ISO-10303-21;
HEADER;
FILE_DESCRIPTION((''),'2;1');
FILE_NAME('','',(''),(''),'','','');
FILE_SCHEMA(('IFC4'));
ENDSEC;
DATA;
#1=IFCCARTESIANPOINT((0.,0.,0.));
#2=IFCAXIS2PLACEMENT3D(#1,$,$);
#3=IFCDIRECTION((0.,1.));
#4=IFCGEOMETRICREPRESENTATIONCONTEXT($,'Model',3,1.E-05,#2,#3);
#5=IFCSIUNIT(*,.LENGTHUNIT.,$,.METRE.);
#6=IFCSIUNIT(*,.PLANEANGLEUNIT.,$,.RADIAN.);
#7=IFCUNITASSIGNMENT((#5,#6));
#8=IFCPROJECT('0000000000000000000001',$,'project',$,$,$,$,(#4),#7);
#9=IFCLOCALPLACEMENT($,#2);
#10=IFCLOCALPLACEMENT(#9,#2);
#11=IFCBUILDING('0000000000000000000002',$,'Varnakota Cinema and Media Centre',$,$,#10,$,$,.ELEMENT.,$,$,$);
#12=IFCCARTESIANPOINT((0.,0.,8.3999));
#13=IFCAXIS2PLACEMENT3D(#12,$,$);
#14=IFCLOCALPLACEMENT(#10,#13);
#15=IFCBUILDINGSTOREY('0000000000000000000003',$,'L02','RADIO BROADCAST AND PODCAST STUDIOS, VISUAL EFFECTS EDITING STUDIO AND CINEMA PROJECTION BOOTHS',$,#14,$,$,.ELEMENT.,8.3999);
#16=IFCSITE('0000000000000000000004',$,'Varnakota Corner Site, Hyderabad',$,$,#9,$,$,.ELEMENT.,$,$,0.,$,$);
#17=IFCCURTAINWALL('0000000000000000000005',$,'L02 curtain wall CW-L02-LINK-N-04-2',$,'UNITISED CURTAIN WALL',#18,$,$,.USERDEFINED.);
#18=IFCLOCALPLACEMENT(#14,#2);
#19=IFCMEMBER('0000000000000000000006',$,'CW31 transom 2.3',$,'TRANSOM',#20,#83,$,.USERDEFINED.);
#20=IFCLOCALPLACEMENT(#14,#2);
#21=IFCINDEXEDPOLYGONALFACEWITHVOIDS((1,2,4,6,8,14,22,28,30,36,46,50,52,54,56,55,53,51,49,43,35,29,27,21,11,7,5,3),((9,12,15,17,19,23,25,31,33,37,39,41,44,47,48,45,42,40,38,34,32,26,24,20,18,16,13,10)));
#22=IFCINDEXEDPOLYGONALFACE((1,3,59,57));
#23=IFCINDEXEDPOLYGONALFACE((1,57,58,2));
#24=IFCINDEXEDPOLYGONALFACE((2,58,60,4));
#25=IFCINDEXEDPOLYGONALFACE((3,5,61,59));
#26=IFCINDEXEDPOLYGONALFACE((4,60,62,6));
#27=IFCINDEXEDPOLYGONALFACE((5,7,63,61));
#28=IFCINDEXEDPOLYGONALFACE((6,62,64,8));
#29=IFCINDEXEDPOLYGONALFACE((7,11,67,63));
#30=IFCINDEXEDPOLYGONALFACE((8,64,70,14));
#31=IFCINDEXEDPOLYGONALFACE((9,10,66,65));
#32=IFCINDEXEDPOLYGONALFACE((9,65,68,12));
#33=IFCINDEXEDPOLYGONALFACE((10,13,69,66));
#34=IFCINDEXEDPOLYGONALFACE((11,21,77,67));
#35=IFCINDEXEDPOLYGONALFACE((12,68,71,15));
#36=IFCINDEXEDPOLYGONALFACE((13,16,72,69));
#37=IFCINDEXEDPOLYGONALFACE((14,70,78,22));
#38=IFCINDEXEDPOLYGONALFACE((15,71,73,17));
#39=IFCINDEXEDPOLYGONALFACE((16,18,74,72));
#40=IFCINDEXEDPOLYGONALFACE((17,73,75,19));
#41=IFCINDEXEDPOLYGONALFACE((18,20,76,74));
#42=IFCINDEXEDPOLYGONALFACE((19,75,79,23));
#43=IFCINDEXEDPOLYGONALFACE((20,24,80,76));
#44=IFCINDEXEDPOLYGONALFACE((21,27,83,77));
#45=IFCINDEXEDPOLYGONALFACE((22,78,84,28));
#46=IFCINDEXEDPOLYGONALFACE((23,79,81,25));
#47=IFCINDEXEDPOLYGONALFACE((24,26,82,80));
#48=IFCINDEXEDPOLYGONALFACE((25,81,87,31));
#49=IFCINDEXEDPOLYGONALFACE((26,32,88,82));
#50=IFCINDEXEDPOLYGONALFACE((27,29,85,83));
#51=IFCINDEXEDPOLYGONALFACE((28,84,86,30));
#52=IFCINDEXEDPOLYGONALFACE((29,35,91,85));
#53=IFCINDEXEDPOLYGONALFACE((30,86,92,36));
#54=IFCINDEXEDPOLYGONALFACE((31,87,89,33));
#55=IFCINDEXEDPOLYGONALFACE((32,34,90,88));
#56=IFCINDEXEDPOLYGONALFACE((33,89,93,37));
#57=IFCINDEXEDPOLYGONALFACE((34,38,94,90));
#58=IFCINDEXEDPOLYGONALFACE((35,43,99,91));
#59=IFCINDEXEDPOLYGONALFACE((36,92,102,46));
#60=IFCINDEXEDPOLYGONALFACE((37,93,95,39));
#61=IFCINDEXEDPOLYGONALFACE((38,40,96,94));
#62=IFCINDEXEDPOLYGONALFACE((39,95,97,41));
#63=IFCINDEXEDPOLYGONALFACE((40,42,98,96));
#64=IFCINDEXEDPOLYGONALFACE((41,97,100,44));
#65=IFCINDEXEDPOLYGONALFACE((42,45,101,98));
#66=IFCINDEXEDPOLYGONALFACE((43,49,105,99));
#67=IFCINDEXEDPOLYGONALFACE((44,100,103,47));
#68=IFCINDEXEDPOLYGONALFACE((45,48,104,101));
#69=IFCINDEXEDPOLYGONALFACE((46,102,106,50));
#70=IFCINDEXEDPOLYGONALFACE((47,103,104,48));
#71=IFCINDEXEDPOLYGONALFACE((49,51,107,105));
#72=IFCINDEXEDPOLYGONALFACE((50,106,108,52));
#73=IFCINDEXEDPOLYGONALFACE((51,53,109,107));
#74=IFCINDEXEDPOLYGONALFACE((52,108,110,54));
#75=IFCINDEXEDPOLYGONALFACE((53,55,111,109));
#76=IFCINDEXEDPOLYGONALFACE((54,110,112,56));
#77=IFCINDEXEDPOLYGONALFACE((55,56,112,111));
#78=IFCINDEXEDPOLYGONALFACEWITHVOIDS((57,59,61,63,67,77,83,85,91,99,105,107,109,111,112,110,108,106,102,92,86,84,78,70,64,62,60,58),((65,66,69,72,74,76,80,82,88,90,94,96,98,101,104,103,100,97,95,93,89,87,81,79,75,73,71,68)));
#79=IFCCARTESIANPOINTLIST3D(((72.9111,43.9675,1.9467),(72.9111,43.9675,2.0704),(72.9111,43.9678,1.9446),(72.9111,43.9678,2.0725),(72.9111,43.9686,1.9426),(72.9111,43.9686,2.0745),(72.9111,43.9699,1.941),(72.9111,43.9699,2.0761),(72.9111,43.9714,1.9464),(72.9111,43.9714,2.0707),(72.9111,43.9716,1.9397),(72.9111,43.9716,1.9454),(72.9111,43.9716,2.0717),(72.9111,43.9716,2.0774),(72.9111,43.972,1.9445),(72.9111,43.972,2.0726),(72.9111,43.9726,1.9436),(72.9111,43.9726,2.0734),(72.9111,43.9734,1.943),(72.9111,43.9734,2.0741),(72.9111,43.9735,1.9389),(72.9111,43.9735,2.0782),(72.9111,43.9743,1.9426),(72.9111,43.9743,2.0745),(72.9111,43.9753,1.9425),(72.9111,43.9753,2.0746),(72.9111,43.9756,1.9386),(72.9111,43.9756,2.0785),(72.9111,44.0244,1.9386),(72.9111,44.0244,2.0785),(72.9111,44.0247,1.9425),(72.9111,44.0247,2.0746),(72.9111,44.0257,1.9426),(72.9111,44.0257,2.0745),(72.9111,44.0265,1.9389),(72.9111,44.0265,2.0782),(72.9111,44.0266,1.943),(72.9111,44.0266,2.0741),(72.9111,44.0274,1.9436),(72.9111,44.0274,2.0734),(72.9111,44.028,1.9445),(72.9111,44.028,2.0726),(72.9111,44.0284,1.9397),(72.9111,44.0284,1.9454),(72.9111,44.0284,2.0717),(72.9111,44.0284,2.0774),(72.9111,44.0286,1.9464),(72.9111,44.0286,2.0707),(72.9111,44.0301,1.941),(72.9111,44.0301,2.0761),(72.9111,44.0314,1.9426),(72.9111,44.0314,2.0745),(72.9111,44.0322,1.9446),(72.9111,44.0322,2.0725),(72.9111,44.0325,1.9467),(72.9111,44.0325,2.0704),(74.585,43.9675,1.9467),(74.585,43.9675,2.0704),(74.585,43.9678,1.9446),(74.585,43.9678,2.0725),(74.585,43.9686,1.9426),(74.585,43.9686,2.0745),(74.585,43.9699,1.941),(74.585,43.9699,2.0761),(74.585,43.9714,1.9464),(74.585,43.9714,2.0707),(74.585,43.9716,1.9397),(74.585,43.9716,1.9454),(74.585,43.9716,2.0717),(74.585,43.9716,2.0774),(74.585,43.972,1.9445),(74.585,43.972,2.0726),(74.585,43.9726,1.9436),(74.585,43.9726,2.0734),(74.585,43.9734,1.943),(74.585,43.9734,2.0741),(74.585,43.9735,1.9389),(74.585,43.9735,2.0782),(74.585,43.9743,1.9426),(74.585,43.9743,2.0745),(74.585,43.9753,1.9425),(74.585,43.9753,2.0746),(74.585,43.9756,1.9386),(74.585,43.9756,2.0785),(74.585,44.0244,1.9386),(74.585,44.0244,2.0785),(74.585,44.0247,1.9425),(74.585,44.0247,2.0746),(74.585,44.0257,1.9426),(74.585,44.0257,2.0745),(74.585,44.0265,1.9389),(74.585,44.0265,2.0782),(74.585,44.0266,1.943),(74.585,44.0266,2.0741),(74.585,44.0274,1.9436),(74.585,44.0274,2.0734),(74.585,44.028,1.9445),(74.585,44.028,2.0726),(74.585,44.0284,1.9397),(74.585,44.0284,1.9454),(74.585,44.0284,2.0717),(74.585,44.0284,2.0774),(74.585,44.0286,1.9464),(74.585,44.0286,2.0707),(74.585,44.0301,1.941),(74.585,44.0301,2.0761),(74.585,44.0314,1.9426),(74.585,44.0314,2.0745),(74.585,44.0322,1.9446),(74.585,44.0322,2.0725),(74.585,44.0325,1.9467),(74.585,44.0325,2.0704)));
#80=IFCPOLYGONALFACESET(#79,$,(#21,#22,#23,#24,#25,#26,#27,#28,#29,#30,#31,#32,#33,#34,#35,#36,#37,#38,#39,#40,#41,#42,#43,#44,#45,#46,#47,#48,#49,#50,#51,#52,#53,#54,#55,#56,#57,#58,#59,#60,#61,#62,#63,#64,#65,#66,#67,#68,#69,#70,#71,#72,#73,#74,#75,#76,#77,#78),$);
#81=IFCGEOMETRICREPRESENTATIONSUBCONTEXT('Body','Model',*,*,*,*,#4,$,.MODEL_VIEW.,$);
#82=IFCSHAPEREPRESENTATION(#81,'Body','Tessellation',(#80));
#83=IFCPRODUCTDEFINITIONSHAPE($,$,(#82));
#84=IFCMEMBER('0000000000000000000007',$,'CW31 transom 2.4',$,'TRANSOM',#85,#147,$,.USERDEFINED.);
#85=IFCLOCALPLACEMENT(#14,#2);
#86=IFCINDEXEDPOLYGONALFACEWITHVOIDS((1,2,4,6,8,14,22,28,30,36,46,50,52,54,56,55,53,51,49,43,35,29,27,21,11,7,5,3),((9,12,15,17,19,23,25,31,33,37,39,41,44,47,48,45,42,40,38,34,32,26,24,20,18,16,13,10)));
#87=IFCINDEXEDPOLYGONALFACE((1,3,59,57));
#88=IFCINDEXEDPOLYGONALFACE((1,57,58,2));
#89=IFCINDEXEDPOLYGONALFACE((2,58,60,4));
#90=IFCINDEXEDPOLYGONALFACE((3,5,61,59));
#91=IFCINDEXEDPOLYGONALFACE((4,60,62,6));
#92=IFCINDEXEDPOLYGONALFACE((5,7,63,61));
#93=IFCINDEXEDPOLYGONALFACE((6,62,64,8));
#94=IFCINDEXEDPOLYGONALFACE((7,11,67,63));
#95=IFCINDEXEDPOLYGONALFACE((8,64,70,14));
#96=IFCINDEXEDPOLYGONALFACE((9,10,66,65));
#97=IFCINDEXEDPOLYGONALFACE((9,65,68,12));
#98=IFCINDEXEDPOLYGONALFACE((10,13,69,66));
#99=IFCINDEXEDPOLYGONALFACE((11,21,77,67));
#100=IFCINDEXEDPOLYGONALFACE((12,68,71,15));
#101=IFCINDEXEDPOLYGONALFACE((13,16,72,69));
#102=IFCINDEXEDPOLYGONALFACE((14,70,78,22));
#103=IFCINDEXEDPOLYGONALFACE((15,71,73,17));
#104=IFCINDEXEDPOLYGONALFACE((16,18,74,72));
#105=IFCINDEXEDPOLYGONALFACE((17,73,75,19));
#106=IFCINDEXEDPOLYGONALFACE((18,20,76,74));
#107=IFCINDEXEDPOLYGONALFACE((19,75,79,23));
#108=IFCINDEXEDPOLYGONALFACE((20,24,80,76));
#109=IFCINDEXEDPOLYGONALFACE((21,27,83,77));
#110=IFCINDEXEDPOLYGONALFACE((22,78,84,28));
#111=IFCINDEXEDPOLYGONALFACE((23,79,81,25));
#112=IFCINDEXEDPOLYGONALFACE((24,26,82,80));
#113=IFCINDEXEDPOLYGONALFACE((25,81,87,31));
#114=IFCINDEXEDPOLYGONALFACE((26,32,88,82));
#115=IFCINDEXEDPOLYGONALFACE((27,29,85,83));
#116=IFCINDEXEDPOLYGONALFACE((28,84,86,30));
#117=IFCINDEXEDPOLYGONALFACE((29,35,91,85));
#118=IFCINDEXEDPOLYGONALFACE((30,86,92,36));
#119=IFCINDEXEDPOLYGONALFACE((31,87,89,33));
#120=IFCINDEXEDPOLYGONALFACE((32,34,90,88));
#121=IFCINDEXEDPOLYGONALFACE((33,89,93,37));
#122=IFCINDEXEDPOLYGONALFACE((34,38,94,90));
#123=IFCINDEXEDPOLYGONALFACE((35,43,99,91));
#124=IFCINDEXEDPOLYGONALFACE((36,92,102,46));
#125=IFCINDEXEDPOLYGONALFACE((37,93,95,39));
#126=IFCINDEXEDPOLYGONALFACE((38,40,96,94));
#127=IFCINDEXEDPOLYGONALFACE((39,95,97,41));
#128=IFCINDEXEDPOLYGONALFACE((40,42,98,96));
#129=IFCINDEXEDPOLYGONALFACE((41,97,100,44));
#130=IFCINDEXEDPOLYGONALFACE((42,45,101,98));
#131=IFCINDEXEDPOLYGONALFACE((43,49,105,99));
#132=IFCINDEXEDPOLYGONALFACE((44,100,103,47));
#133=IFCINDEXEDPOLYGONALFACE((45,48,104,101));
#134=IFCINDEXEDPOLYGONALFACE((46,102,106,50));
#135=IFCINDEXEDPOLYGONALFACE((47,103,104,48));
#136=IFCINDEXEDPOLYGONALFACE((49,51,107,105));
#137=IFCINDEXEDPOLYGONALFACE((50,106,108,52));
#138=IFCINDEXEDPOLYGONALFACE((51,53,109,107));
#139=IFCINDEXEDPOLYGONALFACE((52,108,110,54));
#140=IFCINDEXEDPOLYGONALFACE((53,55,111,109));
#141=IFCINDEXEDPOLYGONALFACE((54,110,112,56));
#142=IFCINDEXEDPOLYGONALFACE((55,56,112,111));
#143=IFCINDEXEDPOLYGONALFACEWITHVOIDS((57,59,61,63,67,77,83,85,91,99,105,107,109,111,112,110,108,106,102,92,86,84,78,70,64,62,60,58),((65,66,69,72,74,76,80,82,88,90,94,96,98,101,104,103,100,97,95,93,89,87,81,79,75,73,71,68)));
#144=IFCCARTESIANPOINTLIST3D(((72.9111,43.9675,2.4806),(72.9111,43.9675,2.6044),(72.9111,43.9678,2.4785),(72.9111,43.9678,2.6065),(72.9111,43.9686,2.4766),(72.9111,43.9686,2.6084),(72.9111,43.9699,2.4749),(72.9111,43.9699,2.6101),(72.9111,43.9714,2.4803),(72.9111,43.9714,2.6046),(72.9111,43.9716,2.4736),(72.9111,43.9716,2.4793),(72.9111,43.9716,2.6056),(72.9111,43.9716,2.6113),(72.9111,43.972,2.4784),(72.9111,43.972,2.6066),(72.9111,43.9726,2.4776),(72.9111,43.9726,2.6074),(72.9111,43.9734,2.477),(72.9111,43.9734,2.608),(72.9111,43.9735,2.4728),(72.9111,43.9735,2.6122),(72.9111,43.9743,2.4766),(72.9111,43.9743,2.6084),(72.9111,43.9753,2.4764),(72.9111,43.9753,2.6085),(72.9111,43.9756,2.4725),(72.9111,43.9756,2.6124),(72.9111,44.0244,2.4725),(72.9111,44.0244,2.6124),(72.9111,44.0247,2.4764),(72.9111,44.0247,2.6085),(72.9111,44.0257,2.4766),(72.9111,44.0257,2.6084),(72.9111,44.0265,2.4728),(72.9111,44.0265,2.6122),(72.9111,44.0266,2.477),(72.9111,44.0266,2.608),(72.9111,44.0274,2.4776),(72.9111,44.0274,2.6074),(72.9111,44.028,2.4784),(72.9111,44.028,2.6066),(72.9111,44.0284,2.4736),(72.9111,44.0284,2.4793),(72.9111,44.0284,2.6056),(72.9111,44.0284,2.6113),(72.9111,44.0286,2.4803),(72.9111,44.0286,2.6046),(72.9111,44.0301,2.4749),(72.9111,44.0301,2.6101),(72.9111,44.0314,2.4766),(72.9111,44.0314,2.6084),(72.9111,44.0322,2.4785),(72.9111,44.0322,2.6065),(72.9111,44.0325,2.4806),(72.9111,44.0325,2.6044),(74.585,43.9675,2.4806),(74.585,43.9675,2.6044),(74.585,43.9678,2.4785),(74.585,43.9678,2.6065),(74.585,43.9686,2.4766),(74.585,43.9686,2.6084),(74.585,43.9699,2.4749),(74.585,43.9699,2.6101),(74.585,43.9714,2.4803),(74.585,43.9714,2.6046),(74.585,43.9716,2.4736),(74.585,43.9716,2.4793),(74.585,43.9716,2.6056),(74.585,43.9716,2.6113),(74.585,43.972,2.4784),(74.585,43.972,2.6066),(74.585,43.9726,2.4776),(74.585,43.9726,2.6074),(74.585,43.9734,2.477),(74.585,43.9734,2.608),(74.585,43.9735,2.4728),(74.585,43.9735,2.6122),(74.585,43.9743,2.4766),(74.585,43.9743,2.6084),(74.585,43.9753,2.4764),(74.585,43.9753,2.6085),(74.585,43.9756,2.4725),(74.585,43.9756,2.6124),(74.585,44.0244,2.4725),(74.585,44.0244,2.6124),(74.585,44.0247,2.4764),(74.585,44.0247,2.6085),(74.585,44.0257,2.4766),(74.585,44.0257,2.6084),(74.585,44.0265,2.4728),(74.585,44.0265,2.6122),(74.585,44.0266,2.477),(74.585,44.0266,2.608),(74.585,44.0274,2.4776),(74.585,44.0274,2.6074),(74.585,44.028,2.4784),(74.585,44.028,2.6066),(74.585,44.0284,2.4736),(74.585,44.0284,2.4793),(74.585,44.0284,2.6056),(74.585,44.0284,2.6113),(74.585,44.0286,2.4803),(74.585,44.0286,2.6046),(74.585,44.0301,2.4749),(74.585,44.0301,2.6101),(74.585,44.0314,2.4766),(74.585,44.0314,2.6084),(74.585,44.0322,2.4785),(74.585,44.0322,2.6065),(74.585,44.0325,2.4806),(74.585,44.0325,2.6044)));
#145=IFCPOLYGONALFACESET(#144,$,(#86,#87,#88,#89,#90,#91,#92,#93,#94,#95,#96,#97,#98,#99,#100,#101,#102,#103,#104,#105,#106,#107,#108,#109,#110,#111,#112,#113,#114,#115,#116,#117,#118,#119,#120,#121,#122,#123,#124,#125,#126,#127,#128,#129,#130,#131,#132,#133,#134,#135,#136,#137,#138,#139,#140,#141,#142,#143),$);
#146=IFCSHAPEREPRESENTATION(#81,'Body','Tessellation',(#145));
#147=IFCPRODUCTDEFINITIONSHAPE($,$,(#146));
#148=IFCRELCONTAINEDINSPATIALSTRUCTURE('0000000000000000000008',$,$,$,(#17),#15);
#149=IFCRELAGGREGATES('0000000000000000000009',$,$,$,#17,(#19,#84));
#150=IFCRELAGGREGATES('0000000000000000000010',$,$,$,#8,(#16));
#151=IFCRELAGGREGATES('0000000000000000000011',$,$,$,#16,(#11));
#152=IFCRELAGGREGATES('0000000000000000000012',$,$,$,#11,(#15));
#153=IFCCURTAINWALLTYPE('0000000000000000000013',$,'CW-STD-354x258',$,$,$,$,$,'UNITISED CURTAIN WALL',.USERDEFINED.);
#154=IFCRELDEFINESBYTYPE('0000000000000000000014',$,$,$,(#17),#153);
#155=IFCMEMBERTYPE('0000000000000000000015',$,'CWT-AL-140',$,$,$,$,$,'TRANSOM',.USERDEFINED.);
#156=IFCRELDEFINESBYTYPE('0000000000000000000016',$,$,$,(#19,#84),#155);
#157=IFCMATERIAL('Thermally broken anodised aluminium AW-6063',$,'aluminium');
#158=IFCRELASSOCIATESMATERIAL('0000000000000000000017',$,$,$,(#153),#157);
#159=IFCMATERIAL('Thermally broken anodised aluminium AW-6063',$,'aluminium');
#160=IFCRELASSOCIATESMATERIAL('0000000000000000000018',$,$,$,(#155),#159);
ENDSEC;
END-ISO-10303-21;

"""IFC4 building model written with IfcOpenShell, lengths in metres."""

from ifc_helpers import new_model, si_unit, direction, frame, origin, origin_2d, place, context, subcontext, project, spatial, hollow_rectangle, extrude, material, material_profile, profile_set, type_object, element, aggregate, save


model = new_model("IFC4")

# Units and contexts
model_context = context("Model", 3, precision=1e-05, world=origin(), true_north=direction((0.0, 1.0)))
body_context = subcontext(model_context, "Body", "Model", "MODEL_VIEW")
ifc_project = project(units=[si_unit("LENGTHUNIT", "METRE"), si_unit("PLANEANGLEUNIT", "RADIAN")], contexts=[model_context])

# Site, building, storey
site_placement = place(None, origin())
site = spatial("IfcSite", under=ifc_project, at=site_placement, Name="Varnakota Corner Site, Hyderabad", CompositionType="ELEMENT", RefElevation=0.0)
building_placement = place(site_placement, origin())
building = spatial("IfcBuilding", under=site, at=building_placement, Name="Varnakota Cinema and Media Centre", CompositionType="ELEMENT")
storey_placement = place(building_placement, frame((0.0, 0.0, 8.3999)))
storey = spatial("IfcBuildingStorey", under=building, at=storey_placement, Name="L02", Description="RADIO BROADCAST AND PODCAST STUDIOS, VISUAL EFFECTS EDITING STUDIO AND CINEMA PROJECTION BOOTHS", CompositionType="ELEMENT", Elevation=8.3999)

# Shared definitions
ifc_material_1 = material(Name="Thermally broken anodised aluminium AW-6063", Category="aluminium")
curtain_wall_type_1 = type_object("IfcCurtainWallType", Name="CW-STD-354x258", ElementType="UNITISED CURTAIN WALL", PredefinedType="USERDEFINED", material=ifc_material_1)

# Curtain wall
curtain_wall_1_placement = place(storey_placement, origin())
curtain_wall_1 = element("IfcCurtainWall", 1, at=curtain_wall_1_placement, inside=storey, type_object=curtain_wall_type_1, Name="L02 curtain wall CW-L02-LINK-N-04-2", ObjectType="UNITISED CURTAIN WALL", PredefinedType="USERDEFINED")

# Members
ifc_material_2 = material(Name="Thermally broken anodised aluminium AW-6063", Category="aluminium")
ifc_material_profile_1 = material_profile(ifc_material_2, hollow_rectangle(XDim=0.0649, YDim=0.1399, WallThickness=0.0039, InnerFilletRadius=0.0039, OuterFilletRadius=0.0081, at=origin_2d()), Name="AL-TRANSOM 140x65x4")
ifc_profile_set_1 = profile_set([ifc_material_profile_1], Name="Thermally broken anodised aluminium AW-6063")
member_type_1 = type_object("IfcMemberType", Name="CWT-AL-140", ElementType="TRANSOM", PredefinedType="USERDEFINED", material=ifc_profile_set_1)
member_1_placement = place(storey_placement, frame((72.9111, 44.0, 2.0085), z_axis=(1.0, 0.0, 0.0), x_axis=(0.0, 1.0, 0.0)))
member_1 = element("IfcMember", 2, at=member_1_placement, type_object=member_type_1, Name="CW31 transom 2.3", ObjectType="TRANSOM", PredefinedType="USERDEFINED", context=body_context, shape_type="SweptSolid", body=[
    extrude(hollow_rectangle(XDim=0.0649, YDim=0.1399, WallThickness=0.0039, InnerFilletRadius=0.0039, OuterFilletRadius=0.0081, at=origin_2d()), origin(), (0.0, 0.0, 1.0), 1.6738),
])
member_2_placement = place(storey_placement, frame((72.9111, 44.0, 2.5425), z_axis=(1.0, 0.0, 0.0), x_axis=(0.0, 1.0, 0.0)))
member_2 = element("IfcMember", 3, at=member_2_placement, type_object=member_type_1, Name="CW31 transom 2.4", ObjectType="TRANSOM", PredefinedType="USERDEFINED", context=body_context, shape_type="SweptSolid", body=[
    extrude(hollow_rectangle(XDim=0.0649, YDim=0.1399, WallThickness=0.0039, InnerFilletRadius=0.0039, OuterFilletRadius=0.0081, at=origin_2d()), origin(), (0.0, 0.0, 1.0), 1.6738),
])

aggregate(curtain_wall_1, [member_1, member_2])

save(model, "model.ifc")
